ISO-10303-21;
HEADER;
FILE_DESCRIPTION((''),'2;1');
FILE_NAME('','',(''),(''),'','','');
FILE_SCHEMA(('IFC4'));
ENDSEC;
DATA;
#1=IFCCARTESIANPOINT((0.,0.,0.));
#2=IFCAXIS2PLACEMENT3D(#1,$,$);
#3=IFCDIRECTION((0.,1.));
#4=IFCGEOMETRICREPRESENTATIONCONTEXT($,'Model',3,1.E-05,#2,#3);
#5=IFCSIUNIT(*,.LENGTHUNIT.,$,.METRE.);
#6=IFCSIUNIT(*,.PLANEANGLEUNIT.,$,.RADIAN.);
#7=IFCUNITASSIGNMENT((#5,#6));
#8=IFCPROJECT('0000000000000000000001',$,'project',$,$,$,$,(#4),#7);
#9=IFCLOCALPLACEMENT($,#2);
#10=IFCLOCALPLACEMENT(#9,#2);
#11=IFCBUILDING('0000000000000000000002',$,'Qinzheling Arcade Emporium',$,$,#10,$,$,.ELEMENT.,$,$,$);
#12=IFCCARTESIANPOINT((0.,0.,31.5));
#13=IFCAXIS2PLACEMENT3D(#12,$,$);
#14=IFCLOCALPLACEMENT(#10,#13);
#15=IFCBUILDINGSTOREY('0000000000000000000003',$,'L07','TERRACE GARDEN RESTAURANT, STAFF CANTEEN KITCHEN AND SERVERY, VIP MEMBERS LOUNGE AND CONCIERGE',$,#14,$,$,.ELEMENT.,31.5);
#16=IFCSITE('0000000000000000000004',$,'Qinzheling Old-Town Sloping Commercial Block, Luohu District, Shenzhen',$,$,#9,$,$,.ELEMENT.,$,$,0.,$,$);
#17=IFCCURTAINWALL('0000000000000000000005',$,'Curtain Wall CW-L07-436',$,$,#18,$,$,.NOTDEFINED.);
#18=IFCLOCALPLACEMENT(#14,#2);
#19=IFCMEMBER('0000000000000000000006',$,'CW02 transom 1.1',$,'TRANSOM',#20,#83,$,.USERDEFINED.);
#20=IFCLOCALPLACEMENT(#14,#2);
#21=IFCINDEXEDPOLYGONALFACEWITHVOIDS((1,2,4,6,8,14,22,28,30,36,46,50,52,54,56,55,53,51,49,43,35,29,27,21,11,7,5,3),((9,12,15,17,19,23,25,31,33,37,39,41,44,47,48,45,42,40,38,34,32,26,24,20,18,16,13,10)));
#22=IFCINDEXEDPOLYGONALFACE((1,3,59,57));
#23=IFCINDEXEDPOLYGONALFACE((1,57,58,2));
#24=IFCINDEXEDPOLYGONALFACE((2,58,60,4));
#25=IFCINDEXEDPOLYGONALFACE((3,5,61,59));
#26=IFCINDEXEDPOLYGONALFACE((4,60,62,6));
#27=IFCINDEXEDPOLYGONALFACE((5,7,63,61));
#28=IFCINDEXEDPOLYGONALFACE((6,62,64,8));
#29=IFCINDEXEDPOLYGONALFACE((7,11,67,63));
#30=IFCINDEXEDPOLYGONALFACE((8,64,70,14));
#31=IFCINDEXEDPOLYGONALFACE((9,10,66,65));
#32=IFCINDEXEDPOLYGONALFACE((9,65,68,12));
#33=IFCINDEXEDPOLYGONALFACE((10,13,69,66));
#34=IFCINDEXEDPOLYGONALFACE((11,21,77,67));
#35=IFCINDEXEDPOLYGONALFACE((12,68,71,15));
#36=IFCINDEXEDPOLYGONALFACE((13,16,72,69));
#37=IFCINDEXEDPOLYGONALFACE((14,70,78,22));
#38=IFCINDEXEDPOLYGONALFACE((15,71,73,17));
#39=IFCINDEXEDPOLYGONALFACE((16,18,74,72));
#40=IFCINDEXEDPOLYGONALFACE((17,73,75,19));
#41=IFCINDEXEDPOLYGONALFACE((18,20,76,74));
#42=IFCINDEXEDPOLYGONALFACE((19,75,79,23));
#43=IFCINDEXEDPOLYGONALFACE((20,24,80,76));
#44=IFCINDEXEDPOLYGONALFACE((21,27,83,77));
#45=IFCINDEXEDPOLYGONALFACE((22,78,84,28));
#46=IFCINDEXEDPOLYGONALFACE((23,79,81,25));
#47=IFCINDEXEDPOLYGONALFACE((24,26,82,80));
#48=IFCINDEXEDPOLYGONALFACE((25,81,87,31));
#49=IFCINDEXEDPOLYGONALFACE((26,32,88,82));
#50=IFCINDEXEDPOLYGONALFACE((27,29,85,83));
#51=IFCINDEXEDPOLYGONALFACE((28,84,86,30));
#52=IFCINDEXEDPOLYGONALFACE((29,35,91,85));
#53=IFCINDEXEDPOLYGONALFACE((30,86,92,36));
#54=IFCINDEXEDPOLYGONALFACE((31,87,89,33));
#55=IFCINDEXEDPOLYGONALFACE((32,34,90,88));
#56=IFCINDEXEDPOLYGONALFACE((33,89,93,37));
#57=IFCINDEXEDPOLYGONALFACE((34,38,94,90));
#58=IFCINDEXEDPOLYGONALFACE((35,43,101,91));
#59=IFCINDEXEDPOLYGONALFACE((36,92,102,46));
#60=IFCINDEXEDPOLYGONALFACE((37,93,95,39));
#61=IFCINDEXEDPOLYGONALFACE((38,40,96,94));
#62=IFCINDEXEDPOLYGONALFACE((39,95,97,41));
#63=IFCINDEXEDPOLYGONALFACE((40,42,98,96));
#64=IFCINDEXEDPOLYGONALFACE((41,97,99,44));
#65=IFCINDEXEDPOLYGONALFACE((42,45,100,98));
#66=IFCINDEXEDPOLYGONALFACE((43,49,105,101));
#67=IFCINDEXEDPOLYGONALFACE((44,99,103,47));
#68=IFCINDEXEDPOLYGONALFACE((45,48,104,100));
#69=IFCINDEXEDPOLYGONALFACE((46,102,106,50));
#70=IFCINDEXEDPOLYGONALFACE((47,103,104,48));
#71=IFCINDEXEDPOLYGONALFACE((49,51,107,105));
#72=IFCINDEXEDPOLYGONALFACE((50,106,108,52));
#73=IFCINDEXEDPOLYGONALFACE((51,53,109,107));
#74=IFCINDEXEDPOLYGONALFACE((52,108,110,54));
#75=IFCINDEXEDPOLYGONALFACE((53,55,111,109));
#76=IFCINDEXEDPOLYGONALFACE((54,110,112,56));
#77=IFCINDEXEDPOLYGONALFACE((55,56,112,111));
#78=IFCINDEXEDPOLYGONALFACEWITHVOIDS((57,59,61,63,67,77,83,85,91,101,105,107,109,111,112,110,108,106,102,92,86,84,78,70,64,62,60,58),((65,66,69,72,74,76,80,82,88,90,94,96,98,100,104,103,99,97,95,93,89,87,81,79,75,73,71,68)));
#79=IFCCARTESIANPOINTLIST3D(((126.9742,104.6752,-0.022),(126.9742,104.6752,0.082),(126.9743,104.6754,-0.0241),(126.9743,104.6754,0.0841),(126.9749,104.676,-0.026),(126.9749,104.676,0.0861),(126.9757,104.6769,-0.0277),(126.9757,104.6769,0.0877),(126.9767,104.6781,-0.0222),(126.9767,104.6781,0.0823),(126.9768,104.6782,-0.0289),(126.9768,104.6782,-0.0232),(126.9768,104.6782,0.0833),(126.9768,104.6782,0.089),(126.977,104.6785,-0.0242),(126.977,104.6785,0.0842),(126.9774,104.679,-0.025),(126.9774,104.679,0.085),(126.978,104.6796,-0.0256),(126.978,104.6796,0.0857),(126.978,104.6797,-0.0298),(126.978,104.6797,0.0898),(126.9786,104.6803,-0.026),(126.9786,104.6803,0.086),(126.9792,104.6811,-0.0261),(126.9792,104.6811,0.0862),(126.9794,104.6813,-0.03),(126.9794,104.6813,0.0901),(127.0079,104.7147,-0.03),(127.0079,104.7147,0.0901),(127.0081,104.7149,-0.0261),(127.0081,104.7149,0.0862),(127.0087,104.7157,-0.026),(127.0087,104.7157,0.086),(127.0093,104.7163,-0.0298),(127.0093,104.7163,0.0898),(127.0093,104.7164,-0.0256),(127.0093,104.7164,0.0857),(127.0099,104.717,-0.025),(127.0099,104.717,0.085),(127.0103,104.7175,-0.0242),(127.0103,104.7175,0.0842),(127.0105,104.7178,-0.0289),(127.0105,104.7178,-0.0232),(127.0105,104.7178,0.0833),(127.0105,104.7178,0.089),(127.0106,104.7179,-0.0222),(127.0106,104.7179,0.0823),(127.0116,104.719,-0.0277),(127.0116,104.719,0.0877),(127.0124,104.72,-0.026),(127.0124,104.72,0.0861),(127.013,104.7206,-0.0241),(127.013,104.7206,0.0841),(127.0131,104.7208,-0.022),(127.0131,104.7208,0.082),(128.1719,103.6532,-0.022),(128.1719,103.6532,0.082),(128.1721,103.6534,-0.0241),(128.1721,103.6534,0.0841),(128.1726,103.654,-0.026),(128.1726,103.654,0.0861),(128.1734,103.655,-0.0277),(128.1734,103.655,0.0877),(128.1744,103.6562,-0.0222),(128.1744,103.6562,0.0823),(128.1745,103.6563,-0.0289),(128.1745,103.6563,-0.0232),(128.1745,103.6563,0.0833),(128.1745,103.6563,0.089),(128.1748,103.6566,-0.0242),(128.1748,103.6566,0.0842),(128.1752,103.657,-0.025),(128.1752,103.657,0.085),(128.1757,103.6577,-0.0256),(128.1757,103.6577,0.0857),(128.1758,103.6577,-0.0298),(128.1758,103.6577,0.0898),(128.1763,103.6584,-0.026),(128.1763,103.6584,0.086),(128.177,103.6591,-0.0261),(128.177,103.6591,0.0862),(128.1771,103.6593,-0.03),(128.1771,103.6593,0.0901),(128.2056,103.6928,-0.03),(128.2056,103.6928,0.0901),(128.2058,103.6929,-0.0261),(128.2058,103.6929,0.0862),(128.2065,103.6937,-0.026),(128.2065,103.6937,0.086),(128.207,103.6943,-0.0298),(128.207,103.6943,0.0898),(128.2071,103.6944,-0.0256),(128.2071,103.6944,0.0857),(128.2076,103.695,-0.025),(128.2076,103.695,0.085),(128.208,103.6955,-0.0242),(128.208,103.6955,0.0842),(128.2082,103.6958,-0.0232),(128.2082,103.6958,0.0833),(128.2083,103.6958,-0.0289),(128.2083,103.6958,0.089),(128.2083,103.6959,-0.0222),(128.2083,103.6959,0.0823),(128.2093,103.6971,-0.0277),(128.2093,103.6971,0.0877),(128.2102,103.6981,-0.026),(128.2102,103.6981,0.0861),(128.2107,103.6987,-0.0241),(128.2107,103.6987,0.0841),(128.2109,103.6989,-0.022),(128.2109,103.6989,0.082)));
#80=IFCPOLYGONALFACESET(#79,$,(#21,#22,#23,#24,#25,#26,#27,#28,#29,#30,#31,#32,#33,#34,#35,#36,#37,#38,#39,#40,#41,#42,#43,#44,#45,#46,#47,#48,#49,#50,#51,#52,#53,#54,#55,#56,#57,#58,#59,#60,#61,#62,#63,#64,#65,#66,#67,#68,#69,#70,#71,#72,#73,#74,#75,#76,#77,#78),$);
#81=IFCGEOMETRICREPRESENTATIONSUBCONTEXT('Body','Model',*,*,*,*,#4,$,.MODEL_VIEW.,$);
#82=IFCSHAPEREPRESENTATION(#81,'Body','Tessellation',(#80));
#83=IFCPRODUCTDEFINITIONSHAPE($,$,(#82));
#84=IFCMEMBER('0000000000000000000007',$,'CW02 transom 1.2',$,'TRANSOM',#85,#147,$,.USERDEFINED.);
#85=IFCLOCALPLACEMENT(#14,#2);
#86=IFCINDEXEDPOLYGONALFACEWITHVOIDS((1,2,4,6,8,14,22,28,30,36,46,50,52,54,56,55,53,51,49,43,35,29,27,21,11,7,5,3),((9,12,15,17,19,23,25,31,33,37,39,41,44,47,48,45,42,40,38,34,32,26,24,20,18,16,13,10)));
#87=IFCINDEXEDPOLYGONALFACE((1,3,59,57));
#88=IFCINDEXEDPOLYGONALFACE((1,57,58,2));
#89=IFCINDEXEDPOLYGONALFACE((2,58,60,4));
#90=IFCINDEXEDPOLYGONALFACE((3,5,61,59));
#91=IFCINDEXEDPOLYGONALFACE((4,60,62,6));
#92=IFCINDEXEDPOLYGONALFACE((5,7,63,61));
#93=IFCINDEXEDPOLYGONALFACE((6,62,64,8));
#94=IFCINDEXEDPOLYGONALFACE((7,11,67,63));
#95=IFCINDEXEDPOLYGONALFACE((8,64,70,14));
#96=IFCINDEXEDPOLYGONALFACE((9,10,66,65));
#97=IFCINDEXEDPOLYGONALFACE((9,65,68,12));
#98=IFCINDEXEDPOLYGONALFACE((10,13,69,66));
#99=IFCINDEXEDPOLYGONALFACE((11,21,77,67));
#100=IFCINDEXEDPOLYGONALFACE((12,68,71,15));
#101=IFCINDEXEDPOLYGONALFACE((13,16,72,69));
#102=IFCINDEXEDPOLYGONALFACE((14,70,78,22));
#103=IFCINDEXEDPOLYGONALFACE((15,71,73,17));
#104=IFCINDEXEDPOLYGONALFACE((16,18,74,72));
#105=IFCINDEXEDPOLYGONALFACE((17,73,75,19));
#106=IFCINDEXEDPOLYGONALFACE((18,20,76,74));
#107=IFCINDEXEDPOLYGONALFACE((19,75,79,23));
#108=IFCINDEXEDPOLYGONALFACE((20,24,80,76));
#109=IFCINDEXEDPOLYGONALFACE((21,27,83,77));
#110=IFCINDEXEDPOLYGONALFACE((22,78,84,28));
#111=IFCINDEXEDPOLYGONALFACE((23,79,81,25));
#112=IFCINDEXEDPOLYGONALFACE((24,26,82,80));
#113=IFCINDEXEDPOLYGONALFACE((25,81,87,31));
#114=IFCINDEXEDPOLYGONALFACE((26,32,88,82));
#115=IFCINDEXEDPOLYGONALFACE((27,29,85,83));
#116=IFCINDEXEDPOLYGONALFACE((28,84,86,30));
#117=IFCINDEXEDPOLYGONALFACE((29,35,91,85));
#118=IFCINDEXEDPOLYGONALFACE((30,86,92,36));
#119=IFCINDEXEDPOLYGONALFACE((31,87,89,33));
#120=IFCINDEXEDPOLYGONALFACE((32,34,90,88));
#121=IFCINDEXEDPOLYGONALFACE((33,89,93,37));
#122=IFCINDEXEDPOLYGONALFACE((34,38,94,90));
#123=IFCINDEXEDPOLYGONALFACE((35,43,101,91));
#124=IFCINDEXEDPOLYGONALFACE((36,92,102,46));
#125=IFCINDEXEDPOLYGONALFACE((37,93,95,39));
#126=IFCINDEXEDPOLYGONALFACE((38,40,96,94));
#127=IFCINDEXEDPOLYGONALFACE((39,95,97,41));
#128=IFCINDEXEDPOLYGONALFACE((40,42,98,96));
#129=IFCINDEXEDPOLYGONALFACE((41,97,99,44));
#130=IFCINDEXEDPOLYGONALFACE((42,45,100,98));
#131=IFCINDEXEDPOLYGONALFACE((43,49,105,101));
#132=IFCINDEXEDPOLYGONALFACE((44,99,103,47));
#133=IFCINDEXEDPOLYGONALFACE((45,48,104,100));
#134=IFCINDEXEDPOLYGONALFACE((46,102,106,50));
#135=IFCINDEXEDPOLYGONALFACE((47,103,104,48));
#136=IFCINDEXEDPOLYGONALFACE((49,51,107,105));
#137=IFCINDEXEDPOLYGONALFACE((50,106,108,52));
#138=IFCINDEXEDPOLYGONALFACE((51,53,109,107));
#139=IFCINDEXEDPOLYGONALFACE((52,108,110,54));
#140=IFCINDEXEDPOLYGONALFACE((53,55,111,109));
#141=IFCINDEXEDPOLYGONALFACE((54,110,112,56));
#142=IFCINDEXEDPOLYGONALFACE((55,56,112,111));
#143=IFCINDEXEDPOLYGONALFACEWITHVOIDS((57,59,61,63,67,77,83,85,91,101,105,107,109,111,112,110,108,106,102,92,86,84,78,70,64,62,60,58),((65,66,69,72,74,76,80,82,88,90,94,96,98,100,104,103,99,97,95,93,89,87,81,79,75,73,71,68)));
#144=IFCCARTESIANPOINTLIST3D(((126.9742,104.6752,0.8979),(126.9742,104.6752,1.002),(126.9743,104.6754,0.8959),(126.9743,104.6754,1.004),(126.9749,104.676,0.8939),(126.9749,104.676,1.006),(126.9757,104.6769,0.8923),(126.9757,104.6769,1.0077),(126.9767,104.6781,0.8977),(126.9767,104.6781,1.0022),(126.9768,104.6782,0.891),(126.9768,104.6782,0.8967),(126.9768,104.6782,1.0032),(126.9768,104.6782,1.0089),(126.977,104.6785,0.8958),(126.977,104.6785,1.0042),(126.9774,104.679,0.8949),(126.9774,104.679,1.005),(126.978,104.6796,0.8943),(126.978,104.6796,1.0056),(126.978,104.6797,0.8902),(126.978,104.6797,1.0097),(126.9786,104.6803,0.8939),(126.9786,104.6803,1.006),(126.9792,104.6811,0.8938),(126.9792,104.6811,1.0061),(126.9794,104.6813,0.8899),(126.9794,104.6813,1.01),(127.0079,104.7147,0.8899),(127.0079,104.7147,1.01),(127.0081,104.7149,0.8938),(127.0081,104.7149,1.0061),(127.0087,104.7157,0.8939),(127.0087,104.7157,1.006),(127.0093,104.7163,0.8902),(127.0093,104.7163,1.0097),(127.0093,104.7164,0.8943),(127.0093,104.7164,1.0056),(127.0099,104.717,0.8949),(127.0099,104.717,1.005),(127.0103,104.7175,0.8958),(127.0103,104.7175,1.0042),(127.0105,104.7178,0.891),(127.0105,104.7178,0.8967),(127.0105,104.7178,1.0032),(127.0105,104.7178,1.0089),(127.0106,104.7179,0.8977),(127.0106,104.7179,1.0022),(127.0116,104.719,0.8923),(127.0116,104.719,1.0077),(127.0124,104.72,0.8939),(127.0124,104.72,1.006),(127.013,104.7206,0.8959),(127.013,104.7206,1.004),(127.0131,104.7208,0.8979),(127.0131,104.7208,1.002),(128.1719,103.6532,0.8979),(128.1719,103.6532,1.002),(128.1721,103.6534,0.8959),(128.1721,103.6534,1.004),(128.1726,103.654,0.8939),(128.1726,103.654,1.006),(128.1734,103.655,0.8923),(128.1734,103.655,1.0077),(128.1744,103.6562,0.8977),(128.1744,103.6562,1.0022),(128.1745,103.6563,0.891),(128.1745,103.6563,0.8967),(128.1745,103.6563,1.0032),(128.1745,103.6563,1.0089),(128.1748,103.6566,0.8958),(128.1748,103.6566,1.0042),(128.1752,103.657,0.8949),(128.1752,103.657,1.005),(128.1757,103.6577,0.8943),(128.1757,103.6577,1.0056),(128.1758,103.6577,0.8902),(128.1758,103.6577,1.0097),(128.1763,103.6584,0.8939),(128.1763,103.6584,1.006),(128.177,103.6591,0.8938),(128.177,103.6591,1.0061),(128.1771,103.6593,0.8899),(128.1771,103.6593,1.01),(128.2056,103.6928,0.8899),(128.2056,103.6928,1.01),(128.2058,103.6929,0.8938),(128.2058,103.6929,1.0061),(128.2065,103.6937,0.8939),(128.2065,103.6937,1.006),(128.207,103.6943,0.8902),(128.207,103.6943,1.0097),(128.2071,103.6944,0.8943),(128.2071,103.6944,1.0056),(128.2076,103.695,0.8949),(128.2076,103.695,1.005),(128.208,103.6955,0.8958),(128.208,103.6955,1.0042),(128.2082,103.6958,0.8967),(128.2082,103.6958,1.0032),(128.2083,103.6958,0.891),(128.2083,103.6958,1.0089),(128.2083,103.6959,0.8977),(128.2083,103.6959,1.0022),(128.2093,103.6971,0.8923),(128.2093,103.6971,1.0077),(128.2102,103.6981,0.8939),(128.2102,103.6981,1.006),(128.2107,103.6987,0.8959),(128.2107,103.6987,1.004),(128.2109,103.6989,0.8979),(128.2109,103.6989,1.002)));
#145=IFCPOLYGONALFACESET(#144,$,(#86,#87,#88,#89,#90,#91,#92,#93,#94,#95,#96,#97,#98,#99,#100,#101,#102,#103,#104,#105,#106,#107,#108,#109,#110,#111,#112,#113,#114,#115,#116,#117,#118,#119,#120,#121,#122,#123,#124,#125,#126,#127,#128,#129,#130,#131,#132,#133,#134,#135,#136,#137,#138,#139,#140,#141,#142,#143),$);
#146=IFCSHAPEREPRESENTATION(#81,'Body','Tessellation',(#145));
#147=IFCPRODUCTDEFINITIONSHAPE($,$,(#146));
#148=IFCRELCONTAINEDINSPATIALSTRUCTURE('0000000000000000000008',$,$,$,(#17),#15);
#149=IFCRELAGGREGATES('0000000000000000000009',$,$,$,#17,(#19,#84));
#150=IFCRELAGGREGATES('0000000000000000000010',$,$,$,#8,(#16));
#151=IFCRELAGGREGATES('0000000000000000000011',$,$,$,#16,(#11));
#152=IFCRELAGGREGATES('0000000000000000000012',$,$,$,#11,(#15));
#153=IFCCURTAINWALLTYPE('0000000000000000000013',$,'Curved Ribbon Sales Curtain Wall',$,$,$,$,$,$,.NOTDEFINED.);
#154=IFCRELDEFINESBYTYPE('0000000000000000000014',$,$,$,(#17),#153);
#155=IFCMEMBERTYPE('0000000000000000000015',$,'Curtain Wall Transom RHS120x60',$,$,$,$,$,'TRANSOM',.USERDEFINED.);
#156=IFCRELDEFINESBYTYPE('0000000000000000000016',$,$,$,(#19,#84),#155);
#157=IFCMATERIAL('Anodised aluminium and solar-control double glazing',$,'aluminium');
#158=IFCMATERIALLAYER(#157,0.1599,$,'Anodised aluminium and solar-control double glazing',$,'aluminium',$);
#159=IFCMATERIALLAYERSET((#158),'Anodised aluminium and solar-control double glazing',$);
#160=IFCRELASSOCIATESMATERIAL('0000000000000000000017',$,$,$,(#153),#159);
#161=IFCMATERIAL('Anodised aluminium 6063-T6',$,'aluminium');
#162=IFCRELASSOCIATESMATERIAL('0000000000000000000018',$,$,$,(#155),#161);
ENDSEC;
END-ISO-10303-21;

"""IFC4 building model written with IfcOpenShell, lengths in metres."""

from ifc_helpers import new_model, si_unit, direction, frame, origin, origin_2d, place, context, subcontext, project, spatial, hollow_rectangle, extrude, material, layer, layer_set, material_profile, profile_set, type_object, element, aggregate, save


model = new_model("IFC4")

# Units and contexts
model_context = context("Model", 3, precision=1e-05, world=origin(), true_north=direction((0.0, 1.0)))
body_context = subcontext(model_context, "Body", "Model", "MODEL_VIEW")
ifc_project = project(units=[si_unit("LENGTHUNIT", "METRE"), si_unit("PLANEANGLEUNIT", "RADIAN")], contexts=[model_context])

# Site, building, storey
site_placement = place(None, origin())
site = spatial("IfcSite", under=ifc_project, at=site_placement, Name="Qinzheling Old-Town Sloping Commercial Block, Luohu District, Shenzhen", CompositionType="ELEMENT", RefElevation=0.0)
building_placement = place(site_placement, origin())
building = spatial("IfcBuilding", under=site, at=building_placement, Name="Qinzheling Arcade Emporium", CompositionType="ELEMENT")
storey_placement = place(building_placement, frame((0.0, 0.0, 31.5)))
storey = spatial("IfcBuildingStorey", under=building, at=storey_placement, Name="L07", Description="TERRACE GARDEN RESTAURANT, STAFF CANTEEN KITCHEN AND SERVERY, VIP MEMBERS LOUNGE AND CONCIERGE", CompositionType="ELEMENT", Elevation=31.5)

# Shared definitions
ifc_material_1 = material(Name="Anodised aluminium and solar-control double glazing", Category="aluminium")
ifc_layer_1 = layer(ifc_material_1, 0.1599, Name="Anodised aluminium and solar-control double glazing", Category="aluminium")
ifc_layer_set_1 = layer_set([ifc_layer_1], Name="Anodised aluminium and solar-control double glazing")
curtain_wall_type = type_object("IfcCurtainWallType", Name="Curved Ribbon Sales Curtain Wall", PredefinedType="NOTDEFINED", material=ifc_layer_set_1)
ifc_material_2 = material(Name="Anodised aluminium 6063-T6", Category="aluminium")

# Curtain wall
curtain_wall_1_placement = place(storey_placement, origin())
curtain_wall_1 = element("IfcCurtainWall", 1, at=curtain_wall_1_placement, inside=storey, type_object=curtain_wall_type, Name="Curtain Wall CW-L07-436", PredefinedType="NOTDEFINED")

# Members
ifc_material_profile_1 = material_profile(ifc_material_2, hollow_rectangle(XDim=0.0601, YDim=0.1201, WallThickness=0.0039, InnerFilletRadius=0.0039, OuterFilletRadius=0.0081, at=origin_2d()), Name="RHS 120x60x4", Category="aluminium")
ifc_profile_set_1 = profile_set([ifc_material_profile_1], Name="Anodised aluminium 6063-T6")
member_type_1 = type_object("IfcMemberType", Name="Curtain Wall Transom RHS120x60", ElementType="TRANSOM", PredefinedType="USERDEFINED", material=ifc_profile_set_1)
member_1_placement = place(storey_placement, frame((126.9937, 104.698, 0.03), z_axis=(0.760721, -0.649079, 0.0), x_axis=(0.649079, 0.760721, 0.0)))
member_1 = element("IfcMember", 2, at=member_1_placement, type_object=member_type_1, Name="CW02 transom 1.1", ObjectType="TRANSOM", PredefinedType="USERDEFINED", context=body_context, shape_type="SweptSolid", body=[
    extrude(hollow_rectangle(XDim=0.0601, YDim=0.1201, WallThickness=0.0039, InnerFilletRadius=0.0039, OuterFilletRadius=0.0081, at=origin_2d()), origin(), (0.0, 0.0, 1.0), 1.5745),
])
member_2_placement = place(storey_placement, frame((126.9937, 104.698, 0.95), z_axis=(0.760721, -0.649079, 0.0), x_axis=(0.649079, 0.760721, 0.0)))
member_2 = element("IfcMember", 3, at=member_2_placement, type_object=member_type_1, Name="CW02 transom 1.2", ObjectType="TRANSOM", PredefinedType="USERDEFINED", context=body_context, shape_type="SweptSolid", body=[
    extrude(hollow_rectangle(XDim=0.0601, YDim=0.1201, WallThickness=0.0039, InnerFilletRadius=0.0039, OuterFilletRadius=0.0081, at=origin_2d()), origin(), (0.0, 0.0, 1.0), 1.5745),
])

aggregate(curtain_wall_1, [member_1, member_2])

save(model, "model.ifc")
